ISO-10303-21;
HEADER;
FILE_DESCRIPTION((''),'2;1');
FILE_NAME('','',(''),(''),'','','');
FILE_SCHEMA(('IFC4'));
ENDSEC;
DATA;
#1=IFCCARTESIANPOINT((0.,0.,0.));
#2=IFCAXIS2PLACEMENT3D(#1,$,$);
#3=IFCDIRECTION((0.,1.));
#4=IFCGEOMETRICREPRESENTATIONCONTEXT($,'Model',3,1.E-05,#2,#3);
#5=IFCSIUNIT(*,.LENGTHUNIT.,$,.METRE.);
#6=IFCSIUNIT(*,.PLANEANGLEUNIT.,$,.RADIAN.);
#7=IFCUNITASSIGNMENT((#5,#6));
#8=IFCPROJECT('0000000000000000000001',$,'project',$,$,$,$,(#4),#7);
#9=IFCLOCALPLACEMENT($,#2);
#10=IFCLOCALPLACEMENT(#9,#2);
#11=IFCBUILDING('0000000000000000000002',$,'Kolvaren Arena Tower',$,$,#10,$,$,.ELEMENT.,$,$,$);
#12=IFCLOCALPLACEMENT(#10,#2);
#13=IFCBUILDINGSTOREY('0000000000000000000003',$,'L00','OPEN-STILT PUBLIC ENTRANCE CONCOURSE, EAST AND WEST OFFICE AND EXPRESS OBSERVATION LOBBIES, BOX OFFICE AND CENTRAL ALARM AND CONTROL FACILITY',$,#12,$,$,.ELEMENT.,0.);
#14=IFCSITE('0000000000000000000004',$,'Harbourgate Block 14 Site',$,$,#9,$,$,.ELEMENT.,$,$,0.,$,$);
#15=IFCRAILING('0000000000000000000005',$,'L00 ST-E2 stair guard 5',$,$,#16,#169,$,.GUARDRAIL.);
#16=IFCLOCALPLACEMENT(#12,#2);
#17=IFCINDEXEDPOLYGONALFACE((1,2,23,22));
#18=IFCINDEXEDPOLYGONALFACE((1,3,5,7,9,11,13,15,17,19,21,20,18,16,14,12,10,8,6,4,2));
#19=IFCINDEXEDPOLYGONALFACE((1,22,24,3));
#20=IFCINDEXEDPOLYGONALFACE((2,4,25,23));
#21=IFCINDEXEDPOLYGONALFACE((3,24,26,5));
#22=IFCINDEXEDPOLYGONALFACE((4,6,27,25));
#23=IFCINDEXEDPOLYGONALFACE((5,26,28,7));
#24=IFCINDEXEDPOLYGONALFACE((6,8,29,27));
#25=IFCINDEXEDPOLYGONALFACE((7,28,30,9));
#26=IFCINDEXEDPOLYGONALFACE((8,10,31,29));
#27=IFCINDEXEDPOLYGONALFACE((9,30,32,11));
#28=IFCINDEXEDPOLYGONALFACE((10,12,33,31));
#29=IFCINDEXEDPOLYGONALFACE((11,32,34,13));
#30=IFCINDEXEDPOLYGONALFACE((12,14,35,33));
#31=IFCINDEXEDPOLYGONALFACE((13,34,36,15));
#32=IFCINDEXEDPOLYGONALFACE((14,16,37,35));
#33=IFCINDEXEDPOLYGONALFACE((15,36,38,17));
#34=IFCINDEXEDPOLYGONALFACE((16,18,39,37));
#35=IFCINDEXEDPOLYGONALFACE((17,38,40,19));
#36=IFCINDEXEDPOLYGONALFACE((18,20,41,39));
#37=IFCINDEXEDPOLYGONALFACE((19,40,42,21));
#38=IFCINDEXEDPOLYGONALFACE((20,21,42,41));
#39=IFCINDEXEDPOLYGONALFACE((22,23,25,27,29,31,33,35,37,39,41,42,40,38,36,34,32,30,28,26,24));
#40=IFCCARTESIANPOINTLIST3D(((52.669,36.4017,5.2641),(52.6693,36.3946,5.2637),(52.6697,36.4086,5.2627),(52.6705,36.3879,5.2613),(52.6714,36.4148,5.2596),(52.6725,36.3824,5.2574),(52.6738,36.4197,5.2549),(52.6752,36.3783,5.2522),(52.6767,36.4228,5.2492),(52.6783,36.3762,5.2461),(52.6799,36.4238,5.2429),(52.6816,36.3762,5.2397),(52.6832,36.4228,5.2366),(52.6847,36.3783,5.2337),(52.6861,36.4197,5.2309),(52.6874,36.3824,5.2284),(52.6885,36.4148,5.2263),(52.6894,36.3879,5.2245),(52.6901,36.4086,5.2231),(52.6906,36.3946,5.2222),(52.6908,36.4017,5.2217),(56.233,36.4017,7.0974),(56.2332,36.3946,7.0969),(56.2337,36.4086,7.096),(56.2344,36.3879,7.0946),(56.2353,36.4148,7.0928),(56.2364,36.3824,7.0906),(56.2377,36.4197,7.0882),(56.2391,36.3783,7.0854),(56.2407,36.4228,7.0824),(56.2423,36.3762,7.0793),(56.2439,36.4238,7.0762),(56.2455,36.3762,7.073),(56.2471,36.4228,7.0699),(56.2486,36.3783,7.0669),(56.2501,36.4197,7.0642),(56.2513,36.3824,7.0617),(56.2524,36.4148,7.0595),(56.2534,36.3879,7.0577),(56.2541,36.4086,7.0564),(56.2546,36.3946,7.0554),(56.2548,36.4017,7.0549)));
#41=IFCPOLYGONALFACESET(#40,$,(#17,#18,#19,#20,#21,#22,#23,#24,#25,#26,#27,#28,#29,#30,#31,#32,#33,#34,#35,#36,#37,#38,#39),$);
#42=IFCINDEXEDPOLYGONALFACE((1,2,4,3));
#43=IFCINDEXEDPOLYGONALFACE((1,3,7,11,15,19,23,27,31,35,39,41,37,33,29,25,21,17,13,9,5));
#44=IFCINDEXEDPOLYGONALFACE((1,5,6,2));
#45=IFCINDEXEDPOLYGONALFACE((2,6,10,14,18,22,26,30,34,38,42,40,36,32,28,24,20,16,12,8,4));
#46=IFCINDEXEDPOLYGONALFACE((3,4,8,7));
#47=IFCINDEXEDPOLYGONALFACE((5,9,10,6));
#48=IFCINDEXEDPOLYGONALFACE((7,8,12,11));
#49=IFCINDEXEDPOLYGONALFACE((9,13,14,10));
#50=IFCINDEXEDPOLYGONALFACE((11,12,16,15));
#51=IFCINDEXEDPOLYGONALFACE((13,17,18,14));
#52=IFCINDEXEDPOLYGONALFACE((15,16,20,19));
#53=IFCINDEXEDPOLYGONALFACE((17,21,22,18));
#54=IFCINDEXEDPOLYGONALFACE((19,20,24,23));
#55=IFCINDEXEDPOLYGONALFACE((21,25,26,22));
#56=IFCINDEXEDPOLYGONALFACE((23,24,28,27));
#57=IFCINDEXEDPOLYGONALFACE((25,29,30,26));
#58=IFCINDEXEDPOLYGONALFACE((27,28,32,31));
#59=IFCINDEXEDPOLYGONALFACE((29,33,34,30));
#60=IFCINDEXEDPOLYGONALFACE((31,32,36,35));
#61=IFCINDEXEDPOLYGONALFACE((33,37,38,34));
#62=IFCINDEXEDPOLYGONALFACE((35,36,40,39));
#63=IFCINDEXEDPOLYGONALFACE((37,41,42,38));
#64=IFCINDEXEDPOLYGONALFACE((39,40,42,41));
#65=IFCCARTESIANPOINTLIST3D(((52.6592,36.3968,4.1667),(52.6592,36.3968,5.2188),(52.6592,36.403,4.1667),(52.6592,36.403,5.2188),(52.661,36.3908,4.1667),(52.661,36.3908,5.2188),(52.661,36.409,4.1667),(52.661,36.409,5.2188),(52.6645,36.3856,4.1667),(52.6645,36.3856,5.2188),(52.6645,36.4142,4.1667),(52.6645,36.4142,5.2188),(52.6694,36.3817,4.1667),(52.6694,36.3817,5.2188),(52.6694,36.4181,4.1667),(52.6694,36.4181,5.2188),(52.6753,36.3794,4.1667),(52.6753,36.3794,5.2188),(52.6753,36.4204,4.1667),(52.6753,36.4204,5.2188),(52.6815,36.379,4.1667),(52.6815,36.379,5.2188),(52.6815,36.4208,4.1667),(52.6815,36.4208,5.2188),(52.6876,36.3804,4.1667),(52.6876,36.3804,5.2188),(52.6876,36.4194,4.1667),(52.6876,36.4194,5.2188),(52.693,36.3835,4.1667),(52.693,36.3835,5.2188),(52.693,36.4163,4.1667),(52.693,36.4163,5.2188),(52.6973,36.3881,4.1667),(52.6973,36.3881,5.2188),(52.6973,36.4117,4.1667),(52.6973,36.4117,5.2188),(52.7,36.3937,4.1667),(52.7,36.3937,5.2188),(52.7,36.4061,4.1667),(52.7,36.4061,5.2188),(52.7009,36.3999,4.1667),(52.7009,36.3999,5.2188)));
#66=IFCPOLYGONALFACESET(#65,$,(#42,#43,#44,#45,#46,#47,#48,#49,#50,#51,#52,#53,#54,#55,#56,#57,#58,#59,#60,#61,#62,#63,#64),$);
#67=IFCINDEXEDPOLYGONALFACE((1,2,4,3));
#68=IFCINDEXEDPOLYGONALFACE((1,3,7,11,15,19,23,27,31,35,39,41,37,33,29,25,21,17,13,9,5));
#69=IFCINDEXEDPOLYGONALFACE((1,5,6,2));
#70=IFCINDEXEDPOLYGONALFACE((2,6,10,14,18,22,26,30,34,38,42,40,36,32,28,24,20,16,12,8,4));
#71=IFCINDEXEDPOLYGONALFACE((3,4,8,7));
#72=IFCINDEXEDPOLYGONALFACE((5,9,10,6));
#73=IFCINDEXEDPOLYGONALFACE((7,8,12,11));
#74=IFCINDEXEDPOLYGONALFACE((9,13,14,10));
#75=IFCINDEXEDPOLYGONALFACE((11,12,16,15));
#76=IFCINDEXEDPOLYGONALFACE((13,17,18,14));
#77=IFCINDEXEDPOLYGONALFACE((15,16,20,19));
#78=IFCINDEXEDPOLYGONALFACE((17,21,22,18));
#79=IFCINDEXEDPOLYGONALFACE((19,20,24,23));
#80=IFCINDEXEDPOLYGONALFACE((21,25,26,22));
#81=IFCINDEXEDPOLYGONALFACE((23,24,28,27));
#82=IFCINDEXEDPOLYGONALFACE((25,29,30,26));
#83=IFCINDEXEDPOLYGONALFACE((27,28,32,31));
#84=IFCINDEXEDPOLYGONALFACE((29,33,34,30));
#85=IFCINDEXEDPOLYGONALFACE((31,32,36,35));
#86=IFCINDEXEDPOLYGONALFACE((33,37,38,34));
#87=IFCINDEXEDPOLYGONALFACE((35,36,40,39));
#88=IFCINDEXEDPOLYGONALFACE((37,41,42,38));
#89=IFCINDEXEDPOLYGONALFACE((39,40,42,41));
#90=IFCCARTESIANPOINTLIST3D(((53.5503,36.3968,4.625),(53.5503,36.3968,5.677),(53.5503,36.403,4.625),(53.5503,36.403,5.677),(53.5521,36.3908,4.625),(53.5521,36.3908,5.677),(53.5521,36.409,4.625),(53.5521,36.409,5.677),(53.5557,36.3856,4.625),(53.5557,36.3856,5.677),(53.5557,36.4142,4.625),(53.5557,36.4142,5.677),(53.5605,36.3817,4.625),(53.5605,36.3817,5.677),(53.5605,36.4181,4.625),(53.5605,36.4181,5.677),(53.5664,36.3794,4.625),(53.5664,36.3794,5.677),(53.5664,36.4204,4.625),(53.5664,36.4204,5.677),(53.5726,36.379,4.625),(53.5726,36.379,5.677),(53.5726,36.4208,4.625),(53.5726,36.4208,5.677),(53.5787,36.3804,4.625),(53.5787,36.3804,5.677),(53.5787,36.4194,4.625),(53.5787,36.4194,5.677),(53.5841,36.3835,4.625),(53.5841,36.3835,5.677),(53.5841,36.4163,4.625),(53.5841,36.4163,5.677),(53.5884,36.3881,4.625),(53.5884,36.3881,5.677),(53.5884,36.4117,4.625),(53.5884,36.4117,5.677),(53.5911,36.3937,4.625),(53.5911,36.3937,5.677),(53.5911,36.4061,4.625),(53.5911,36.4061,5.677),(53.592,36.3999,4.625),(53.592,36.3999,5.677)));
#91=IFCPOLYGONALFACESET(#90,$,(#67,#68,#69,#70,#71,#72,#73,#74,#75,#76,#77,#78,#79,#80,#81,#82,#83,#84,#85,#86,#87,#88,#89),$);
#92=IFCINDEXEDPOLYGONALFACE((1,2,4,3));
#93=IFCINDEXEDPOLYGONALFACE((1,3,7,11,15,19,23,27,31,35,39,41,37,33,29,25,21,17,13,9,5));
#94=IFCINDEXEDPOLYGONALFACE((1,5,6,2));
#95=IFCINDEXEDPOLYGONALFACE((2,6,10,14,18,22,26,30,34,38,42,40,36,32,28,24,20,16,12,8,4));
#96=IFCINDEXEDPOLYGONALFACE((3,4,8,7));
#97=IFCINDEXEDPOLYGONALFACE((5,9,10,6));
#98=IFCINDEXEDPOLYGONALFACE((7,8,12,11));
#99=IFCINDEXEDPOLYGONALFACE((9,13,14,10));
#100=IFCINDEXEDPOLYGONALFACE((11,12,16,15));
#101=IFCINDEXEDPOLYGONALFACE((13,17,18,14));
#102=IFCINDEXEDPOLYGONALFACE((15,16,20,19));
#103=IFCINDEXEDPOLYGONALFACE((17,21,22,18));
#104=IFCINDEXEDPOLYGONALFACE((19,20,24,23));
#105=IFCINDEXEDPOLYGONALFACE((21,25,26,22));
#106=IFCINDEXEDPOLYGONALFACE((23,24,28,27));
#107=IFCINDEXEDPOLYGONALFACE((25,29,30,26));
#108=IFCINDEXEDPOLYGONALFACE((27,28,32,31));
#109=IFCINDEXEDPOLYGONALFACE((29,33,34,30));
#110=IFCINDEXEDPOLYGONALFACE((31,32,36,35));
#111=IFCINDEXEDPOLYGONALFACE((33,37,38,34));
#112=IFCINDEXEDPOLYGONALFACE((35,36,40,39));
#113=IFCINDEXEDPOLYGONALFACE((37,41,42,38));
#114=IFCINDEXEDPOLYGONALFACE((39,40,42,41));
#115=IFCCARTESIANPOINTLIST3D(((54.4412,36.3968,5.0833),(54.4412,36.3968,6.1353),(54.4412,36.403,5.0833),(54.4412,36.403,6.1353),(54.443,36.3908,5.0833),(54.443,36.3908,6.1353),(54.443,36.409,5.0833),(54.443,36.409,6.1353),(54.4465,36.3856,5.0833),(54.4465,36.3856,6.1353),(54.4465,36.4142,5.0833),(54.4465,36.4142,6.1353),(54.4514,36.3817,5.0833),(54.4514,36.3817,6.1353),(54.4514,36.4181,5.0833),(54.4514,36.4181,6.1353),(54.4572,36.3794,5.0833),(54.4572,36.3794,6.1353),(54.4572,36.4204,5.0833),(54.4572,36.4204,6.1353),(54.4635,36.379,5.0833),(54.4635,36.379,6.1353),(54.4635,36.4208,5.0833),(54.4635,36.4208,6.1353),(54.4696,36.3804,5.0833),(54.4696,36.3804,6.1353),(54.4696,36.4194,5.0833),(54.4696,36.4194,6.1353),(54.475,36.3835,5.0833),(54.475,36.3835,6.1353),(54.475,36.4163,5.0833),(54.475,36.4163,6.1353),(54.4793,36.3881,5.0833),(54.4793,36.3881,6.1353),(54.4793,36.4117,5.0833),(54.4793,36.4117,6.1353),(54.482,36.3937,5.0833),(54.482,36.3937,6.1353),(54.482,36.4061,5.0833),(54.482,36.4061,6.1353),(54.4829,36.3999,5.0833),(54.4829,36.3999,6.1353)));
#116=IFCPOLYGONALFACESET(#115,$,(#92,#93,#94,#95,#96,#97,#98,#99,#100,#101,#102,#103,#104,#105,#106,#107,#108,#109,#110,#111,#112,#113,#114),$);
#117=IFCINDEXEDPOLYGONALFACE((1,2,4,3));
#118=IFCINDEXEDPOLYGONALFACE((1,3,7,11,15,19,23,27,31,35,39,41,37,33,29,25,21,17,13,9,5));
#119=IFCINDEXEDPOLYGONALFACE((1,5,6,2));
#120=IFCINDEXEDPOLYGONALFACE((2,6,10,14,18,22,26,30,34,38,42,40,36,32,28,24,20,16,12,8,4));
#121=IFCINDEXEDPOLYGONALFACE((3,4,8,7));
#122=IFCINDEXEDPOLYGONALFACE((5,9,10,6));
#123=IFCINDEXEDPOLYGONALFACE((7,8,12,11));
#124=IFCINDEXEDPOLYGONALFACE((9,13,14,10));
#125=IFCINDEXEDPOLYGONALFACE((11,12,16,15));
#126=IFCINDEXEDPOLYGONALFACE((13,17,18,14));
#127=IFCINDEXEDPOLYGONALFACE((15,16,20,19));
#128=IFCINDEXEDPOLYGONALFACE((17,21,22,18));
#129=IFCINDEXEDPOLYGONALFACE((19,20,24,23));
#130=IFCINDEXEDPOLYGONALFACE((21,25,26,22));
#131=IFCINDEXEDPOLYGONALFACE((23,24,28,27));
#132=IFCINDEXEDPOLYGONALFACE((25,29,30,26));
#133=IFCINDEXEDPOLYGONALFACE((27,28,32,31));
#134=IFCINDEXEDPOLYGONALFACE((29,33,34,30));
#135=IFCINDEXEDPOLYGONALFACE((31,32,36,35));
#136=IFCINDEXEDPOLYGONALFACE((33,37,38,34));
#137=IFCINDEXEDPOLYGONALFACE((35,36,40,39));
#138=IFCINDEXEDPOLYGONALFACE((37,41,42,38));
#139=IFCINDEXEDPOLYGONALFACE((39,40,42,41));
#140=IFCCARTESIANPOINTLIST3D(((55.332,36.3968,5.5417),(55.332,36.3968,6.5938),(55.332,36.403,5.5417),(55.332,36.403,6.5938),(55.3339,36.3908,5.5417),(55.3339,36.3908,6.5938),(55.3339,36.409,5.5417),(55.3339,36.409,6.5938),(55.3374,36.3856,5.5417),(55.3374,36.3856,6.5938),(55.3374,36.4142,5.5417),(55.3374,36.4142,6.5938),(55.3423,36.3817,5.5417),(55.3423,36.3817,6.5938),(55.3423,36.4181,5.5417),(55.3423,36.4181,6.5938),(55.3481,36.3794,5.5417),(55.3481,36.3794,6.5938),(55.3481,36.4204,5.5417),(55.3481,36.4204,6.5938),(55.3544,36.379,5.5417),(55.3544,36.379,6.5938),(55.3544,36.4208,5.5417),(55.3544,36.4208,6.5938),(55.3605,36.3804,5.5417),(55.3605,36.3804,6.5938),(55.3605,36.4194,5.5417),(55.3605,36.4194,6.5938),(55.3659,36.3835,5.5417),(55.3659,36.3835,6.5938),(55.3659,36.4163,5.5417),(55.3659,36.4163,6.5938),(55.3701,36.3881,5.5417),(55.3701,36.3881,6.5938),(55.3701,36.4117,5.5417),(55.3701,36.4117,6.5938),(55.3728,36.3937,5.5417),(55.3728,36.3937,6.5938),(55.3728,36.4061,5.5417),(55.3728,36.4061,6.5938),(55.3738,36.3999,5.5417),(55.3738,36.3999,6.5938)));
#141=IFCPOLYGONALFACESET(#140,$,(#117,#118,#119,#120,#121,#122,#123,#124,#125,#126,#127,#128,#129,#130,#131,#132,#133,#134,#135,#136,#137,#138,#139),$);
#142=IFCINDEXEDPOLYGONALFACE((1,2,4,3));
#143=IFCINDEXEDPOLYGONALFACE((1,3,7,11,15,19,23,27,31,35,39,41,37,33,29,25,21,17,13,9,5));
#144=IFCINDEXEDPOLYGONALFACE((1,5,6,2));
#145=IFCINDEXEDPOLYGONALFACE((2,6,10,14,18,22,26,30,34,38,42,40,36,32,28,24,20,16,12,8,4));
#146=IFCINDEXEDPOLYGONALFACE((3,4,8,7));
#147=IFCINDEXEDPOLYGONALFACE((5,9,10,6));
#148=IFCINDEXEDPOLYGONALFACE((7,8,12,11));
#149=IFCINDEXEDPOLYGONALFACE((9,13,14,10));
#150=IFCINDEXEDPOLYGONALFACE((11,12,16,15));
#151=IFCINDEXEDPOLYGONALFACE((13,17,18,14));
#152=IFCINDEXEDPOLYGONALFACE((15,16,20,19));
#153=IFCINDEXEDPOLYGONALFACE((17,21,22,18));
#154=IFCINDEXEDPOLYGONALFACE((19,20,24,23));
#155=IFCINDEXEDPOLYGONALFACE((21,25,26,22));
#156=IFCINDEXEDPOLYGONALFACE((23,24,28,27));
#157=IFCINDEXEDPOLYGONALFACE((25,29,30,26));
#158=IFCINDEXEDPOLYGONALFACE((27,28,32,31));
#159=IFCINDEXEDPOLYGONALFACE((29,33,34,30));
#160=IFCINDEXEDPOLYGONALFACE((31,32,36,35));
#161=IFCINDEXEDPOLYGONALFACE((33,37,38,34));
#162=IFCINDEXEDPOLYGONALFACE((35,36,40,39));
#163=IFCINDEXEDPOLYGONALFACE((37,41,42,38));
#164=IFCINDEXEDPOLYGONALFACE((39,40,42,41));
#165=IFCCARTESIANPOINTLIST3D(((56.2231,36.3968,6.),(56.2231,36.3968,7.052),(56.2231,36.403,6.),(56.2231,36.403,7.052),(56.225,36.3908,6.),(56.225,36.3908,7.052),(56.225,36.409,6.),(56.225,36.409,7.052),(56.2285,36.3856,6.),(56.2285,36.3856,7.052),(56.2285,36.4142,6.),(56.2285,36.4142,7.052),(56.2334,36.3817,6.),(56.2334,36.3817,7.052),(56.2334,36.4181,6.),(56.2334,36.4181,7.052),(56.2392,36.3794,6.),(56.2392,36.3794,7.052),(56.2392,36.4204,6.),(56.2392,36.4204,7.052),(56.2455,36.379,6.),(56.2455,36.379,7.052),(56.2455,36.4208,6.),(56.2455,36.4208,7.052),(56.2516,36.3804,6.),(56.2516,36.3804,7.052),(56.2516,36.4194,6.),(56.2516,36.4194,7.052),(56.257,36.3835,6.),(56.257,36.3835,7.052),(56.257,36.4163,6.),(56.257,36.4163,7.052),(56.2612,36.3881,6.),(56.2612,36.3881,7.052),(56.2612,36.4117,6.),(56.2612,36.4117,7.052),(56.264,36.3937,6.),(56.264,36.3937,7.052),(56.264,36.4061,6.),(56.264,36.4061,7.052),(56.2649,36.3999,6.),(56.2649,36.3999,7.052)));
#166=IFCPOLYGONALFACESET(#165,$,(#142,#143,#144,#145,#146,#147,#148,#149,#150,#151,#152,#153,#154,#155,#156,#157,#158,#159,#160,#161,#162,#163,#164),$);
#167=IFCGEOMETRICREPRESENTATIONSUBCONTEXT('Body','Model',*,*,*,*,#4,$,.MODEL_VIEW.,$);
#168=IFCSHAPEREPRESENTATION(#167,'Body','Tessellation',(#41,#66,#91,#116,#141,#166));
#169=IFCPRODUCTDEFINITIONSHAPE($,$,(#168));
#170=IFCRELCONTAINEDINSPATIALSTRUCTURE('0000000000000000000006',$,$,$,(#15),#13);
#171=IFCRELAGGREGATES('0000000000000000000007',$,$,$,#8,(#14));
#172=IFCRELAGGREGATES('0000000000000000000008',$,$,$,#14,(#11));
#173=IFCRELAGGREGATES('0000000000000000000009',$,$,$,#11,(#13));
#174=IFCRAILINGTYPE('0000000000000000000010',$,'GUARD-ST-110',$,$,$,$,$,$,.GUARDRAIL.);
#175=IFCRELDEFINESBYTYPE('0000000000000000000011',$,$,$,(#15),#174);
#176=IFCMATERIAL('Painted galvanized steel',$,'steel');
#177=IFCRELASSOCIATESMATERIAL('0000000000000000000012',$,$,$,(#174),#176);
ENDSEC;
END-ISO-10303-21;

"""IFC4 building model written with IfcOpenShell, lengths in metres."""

from ifc_helpers import new_model, si_unit, direction, frame, origin, origin_2d, place, context, subcontext, project, spatial, circle, extrude, material, type_object, element, save


model = new_model("IFC4")

# Units and contexts
model_context = context("Model", 3, precision=1e-05, world=origin(), true_north=direction((0.0, 1.0)))
body_context = subcontext(model_context, "Body", "Model", "MODEL_VIEW")
ifc_project = project(units=[si_unit("LENGTHUNIT", "METRE"), si_unit("PLANEANGLEUNIT", "RADIAN")], contexts=[model_context])

# Site, building, storey
site_placement = place(None, origin())
site = spatial("IfcSite", under=ifc_project, at=site_placement, Name="Harbourgate Block 14 Site", CompositionType="ELEMENT", RefElevation=0.0)
building_placement = place(site_placement, origin())
building = spatial("IfcBuilding", under=site, at=building_placement, Name="Kolvaren Arena Tower", CompositionType="ELEMENT")
storey_placement = place(building_placement, origin())
storey = spatial("IfcBuildingStorey", under=building, at=storey_placement, Name="L00", Description="OPEN-STILT PUBLIC ENTRANCE CONCOURSE, EAST AND WEST OFFICE AND EXPRESS OBSERVATION LOBBIES, BOX OFFICE AND CENTRAL ALARM AND CONTROL FACILITY", CompositionType="ELEMENT", Elevation=0.0)

# Railing
ifc_material_1 = material(Name="Painted galvanized steel", Category="steel")
railing_type_1 = type_object("IfcRailingType", Name="GUARD-ST-110", PredefinedType="GUARDRAIL", material=ifc_material_1)
railing_1_placement = place(storey_placement, frame((52.6799, 36.3999, 4.1667)))
element("IfcRailing", 1, at=railing_1_placement, inside=storey, type_object=railing_type_1, Name="L00 ST-E2 stair guard 5", PredefinedType="GUARDRAIL", context=body_context, shape_type="SweptSolid", body=[
    extrude(circle(Radius=0.0239, at=origin_2d()), frame((0.0, 0.0, 1.0762), z_axis=(0.889252, 0.0, 0.457418), x_axis=(0.0, 1.0, 0.0)), (0.0, 0.0, 1.0), 4.0078),
    extrude(circle(Radius=0.021, at=origin_2d()), origin(), (0.0, 0.0, 1.0), 1.052),
    extrude(circle(Radius=0.021, at=origin_2d()), frame((0.8911, 0.0, 0.4583)), (0.0, 0.0, 1.0), 1.052),
    extrude(circle(Radius=0.021, at=origin_2d()), frame((1.782, 0.0, 0.9165)), (0.0, 0.0, 1.0), 1.052),
    extrude(circle(Radius=0.021, at=origin_2d()), frame((2.6729, 0.0, 1.375)), (0.0, 0.0, 1.0), 1.052),
    extrude(circle(Radius=0.021, at=origin_2d()), frame((3.564, 0.0, 1.8333)), (0.0, 0.0, 1.0), 1.052),
])

save(model, "model.ifc")
